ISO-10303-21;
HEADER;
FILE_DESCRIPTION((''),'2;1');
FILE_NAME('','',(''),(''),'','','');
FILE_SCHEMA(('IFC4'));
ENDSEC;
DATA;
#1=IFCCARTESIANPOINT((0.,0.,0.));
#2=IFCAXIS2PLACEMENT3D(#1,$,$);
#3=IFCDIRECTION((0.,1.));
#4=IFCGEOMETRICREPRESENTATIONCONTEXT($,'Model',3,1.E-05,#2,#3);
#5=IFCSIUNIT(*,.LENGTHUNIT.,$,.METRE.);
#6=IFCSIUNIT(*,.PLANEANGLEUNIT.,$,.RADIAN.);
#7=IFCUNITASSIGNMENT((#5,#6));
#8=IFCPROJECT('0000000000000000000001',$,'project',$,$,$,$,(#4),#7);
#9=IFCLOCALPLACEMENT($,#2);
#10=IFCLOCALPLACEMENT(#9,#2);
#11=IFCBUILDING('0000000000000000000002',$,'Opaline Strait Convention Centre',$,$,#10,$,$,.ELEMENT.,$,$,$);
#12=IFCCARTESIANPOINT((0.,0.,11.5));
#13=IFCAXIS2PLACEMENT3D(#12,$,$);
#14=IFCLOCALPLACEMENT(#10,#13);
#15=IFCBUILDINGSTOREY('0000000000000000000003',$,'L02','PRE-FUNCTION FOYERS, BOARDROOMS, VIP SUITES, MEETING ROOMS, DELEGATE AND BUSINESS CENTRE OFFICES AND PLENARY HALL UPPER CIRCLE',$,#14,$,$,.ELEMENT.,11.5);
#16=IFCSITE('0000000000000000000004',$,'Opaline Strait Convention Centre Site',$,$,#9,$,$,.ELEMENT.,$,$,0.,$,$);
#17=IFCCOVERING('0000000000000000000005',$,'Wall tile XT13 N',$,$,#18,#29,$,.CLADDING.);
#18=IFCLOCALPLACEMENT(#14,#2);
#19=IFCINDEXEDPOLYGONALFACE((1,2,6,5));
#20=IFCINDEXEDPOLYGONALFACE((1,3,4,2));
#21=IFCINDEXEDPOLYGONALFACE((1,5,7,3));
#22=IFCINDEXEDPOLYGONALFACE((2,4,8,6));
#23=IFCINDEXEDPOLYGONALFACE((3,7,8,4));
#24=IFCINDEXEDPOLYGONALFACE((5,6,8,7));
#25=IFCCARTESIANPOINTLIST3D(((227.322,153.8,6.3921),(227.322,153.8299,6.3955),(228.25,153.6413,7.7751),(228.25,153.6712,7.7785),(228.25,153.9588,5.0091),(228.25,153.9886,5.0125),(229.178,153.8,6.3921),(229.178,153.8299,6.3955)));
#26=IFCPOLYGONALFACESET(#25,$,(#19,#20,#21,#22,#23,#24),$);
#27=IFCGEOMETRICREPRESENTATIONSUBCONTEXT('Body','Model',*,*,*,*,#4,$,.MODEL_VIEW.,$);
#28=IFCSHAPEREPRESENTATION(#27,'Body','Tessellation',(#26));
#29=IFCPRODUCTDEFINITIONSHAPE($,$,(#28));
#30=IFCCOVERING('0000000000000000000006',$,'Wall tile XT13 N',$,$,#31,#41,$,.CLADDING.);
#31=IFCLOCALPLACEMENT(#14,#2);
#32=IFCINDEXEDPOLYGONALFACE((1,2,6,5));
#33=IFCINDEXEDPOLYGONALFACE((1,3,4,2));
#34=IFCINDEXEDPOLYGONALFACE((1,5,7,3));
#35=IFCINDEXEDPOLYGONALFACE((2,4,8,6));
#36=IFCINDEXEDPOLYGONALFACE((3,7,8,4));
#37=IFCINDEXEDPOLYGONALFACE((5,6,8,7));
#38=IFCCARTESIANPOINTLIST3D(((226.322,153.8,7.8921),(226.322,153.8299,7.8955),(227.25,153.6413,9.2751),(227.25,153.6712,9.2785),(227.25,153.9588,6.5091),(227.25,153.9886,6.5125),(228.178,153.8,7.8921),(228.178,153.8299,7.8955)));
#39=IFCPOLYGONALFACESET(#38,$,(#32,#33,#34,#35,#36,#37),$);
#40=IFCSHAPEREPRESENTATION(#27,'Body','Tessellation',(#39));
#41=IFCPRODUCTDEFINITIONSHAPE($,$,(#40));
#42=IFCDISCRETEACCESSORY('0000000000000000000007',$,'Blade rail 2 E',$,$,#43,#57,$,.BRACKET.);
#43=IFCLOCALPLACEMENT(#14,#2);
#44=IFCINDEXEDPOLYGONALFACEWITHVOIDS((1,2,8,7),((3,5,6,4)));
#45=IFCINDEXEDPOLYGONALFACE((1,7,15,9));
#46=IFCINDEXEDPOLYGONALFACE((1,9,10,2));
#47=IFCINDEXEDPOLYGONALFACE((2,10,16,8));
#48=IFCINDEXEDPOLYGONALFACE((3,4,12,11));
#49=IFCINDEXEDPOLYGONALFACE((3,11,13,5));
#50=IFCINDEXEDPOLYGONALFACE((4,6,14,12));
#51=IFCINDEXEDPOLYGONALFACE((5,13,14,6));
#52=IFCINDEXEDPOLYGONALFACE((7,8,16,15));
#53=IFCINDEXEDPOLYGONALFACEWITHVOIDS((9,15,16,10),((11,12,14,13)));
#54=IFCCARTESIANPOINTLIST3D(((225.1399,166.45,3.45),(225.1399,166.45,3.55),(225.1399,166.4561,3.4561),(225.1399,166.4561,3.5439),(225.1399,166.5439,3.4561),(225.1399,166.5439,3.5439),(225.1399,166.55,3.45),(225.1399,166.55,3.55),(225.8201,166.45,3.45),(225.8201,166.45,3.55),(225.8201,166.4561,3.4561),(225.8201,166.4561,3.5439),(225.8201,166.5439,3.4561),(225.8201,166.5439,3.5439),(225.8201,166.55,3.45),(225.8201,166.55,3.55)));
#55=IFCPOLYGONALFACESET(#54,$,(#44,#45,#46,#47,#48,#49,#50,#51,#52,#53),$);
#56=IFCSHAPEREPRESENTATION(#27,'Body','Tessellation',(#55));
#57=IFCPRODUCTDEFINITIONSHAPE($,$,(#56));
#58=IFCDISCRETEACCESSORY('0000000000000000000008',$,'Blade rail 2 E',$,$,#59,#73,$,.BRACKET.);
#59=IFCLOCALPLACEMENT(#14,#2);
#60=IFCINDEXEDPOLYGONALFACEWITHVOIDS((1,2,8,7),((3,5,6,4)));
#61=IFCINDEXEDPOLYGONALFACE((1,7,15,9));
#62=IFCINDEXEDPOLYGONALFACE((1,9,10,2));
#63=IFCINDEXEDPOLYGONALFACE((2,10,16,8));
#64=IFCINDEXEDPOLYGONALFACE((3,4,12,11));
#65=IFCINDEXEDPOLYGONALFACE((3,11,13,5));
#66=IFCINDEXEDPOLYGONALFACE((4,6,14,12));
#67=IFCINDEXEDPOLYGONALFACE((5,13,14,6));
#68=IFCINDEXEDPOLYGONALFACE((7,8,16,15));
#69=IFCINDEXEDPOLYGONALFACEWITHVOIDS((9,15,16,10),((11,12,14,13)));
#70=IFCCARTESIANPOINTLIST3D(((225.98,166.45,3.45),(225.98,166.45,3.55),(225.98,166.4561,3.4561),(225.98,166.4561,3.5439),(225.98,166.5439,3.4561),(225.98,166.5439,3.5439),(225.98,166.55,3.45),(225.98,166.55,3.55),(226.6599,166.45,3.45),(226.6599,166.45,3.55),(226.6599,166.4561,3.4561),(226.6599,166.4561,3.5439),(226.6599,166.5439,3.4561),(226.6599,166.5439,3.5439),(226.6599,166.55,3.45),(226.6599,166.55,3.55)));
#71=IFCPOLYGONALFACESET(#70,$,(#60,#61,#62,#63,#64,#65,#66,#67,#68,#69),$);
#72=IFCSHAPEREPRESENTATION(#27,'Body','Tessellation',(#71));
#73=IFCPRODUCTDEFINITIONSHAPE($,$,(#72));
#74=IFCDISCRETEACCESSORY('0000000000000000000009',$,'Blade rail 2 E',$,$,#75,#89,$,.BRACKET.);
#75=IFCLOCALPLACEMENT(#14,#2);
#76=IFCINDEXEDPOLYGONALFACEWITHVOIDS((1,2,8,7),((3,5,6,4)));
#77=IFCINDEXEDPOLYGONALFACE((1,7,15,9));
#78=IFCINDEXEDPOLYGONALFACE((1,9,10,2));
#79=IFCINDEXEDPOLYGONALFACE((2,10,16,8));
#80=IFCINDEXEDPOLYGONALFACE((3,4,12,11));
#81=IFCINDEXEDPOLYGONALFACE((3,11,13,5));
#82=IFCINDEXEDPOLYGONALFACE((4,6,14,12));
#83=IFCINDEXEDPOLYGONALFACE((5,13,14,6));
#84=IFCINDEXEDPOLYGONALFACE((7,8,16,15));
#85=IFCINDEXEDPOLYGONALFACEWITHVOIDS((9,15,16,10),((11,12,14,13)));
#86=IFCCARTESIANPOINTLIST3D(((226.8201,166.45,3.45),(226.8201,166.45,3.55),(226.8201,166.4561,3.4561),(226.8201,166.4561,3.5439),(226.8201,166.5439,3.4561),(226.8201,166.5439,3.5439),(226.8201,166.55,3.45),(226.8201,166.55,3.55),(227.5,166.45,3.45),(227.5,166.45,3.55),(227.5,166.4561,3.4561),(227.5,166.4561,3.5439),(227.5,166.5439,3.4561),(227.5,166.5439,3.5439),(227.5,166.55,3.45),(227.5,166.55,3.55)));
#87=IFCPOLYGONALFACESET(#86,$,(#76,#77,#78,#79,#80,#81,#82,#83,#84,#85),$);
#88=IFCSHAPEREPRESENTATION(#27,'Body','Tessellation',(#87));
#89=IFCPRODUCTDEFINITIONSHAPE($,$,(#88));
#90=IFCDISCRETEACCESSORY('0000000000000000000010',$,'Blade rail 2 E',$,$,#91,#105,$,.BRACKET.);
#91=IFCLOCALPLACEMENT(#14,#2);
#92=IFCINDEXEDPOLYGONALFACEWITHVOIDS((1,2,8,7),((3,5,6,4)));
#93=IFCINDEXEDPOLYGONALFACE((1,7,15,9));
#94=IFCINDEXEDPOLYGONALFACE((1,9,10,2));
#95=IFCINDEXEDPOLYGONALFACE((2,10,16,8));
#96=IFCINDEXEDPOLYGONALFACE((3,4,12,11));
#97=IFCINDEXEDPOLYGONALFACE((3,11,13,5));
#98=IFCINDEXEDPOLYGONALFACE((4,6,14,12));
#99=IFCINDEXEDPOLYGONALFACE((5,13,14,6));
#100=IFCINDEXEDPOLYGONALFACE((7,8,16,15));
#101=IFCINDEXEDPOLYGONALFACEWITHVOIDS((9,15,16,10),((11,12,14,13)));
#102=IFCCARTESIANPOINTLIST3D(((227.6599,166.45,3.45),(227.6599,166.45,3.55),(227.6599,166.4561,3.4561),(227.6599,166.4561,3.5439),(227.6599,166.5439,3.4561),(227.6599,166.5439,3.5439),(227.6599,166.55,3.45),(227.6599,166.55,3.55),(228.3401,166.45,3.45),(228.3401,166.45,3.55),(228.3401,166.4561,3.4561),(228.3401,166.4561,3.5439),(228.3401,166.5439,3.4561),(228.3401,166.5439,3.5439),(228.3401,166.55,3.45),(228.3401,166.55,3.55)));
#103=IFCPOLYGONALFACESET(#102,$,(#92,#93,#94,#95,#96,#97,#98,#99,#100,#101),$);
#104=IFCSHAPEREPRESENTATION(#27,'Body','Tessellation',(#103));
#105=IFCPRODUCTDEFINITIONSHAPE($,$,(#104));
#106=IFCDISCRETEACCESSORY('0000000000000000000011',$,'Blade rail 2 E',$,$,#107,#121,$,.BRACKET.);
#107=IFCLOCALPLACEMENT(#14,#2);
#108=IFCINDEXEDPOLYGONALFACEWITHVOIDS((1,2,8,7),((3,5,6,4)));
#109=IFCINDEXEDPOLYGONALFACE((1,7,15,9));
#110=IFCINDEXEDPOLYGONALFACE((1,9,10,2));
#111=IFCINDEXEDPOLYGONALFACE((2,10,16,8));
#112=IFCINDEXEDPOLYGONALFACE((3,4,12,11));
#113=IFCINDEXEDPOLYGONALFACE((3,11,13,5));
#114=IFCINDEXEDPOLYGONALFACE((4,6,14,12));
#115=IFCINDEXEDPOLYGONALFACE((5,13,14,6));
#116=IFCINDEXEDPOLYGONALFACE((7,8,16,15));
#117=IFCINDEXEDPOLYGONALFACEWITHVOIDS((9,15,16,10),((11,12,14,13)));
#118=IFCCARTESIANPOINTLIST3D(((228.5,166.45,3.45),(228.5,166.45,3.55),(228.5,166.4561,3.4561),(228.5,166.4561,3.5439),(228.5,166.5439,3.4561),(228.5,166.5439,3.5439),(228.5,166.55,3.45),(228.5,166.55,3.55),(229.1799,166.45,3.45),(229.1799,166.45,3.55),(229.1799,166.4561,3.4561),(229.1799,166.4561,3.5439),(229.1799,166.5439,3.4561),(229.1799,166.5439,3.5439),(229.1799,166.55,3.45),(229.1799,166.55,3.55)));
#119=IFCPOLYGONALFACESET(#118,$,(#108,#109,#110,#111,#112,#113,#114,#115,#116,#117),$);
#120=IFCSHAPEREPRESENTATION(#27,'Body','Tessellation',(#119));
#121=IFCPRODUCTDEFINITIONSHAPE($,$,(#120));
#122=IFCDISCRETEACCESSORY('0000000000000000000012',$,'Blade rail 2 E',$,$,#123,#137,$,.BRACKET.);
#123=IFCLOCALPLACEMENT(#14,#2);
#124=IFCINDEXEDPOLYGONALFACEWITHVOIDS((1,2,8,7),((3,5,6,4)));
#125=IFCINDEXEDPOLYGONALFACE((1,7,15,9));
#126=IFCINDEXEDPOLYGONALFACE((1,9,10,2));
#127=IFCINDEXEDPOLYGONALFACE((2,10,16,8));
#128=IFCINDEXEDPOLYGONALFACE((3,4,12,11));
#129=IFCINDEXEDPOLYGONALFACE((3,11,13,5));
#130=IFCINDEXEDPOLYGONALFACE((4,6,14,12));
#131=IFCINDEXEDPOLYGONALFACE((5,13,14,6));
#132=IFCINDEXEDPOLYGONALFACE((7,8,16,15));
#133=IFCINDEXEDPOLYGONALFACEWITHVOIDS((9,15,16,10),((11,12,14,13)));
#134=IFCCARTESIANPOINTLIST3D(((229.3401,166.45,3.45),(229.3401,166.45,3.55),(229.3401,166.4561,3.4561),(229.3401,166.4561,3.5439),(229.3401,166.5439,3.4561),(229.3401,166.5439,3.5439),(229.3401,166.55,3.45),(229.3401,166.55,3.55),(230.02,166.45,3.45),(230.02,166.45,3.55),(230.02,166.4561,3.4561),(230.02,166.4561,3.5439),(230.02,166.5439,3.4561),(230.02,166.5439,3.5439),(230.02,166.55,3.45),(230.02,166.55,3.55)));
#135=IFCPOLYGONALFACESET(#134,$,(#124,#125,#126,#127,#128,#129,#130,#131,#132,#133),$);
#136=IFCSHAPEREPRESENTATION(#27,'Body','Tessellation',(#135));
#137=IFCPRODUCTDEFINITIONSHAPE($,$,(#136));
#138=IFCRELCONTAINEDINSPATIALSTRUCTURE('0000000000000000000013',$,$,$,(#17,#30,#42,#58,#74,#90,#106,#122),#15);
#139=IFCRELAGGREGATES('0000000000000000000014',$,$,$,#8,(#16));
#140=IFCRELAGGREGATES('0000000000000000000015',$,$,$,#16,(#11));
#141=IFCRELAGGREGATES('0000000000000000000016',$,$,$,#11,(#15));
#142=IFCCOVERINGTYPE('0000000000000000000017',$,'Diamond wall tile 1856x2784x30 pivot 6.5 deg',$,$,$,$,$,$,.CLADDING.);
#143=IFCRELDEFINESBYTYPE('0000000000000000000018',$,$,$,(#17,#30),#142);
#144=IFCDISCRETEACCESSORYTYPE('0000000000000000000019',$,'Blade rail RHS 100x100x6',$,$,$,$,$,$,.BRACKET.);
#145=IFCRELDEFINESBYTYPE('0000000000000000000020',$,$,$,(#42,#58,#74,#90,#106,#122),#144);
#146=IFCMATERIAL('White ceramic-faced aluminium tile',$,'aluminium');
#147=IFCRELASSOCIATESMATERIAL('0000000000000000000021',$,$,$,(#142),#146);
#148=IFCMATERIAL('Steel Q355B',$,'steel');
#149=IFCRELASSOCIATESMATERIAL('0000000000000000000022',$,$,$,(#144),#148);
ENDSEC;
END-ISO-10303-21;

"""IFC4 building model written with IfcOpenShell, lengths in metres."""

from ifc_helpers import new_model, si_unit, direction, frame, origin, origin_2d, place, context, subcontext, project, spatial, polyline, hollow_rectangle, outline, extrude, material, material_profile, profile_set, type_object, element, save


model = new_model("IFC4")

# Units and contexts
model_context = context("Model", 3, precision=1e-05, world=origin(), true_north=direction((0.0, 1.0)))
body_context = subcontext(model_context, "Body", "Model", "MODEL_VIEW")
ifc_project = project(units=[si_unit("LENGTHUNIT", "METRE"), si_unit("PLANEANGLEUNIT", "RADIAN")], contexts=[model_context])

# Site, building, storey
site_placement = place(None, origin())
site = spatial("IfcSite", under=ifc_project, at=site_placement, Name="Opaline Strait Convention Centre Site", CompositionType="ELEMENT", RefElevation=0.0)
building_placement = place(site_placement, origin())
building = spatial("IfcBuilding", under=site, at=building_placement, Name="Opaline Strait Convention Centre", CompositionType="ELEMENT")
storey_placement = place(building_placement, frame((0.0, 0.0, 11.5)))
storey = spatial("IfcBuildingStorey", under=building, at=storey_placement, Name="L02", Description="PRE-FUNCTION FOYERS, BOARDROOMS, VIP SUITES, MEETING ROOMS, DELEGATE AND BUSINESS CENTRE OFFICES AND PLENARY HALL UPPER CIRCLE", CompositionType="ELEMENT", Elevation=11.5)

# Coverings
ifc_material_1 = material(Name="White ceramic-faced aluminium tile", Category="aluminium")
ifc_material_profile_1 = material_profile(ifc_material_1, outline(polyline([(0.928, 0.0), (0.0, 1.3921), (-0.928, 0.0), (0.0, -1.3921), (0.928, 0.0)])), Name="Diamond tile 1856x2784")
ifc_profile_set_1 = profile_set([ifc_material_profile_1], Name="White ceramic-faced aluminium tile")
covering_type_1 = type_object("IfcCoveringType", Name="Diamond wall tile 1856x2784x30 pivot 6.5 deg", PredefinedType="CLADDING", material=ifc_profile_set_1)
for number, where, z_axis, x_axis, name in (
    (1, (228.25, 153.8, 6.3921), (0.0, 0.99348, 0.114006), (-1.0, 0.0, 0.0), "Wall tile XT13 N"),
    (2, (227.25, 153.8, 7.8921), (0.0, 0.99348, 0.114006), (-1.0, 0.0, 0.0), "Wall tile XT13 N"),
):
    element("IfcCovering", number, at=place(storey_placement, frame(where, z_axis=z_axis, x_axis=x_axis)), inside=storey, type_object=covering_type_1, Name=name, PredefinedType="CLADDING", context=body_context, shape_type="SweptSolid", body=[
        extrude(outline(polyline([(0.928, 0.0), (0.0, 1.3921), (-0.928, 0.0), (0.0, -1.3921), (0.928, 0.0)])), origin(), (0.0, 0.0, 1.0), 0.03),
    ])

# Discrete accessories
ifc_material_2 = material(Name="Steel Q355B", Category="steel")
ifc_material_profile_2 = material_profile(ifc_material_2, hollow_rectangle(XDim=0.1001, YDim=0.1001, WallThickness=0.0061, at=origin_2d()), Name="RHS 100x100x6")
ifc_profile_set_2 = profile_set([ifc_material_profile_2], Name="Steel Q355B")
discrete_accessory_type = type_object("IfcDiscreteAccessoryType", Name="Blade rail RHS 100x100x6", PredefinedType="BRACKET", material=ifc_profile_set_2)
discrete_accessory_1_placement = place(storey_placement, frame((225.1399, 166.5, 3.5), z_axis=(1.0, 0.0, 0.0), x_axis=(0.0, 1.0, 0.0)))
element("IfcDiscreteAccessory", 3, at=discrete_accessory_1_placement, inside=storey, type_object=discrete_accessory_type, Name="Blade rail 2 E", PredefinedType="BRACKET", context=body_context, shape_type="SweptSolid", body=[
    extrude(hollow_rectangle(XDim=0.1001, YDim=0.1001, WallThickness=0.0061, at=origin_2d()), origin(), (0.0, 0.0, 1.0), 0.6802),
])
for number, where, z_axis, x_axis, name in (
    (4, (225.98, 166.5, 3.5), (1.0, 0.0, 0.0), (0.0, 1.0, 0.0), "Blade rail 2 E"),
    (5, (226.8201, 166.5, 3.5), (1.0, 0.0, 0.0), (0.0, 1.0, 0.0), "Blade rail 2 E"),
):
    element("IfcDiscreteAccessory", number, at=place(storey_placement, frame(where, z_axis=z_axis, x_axis=x_axis)), inside=storey, type_object=discrete_accessory_type, Name=name, PredefinedType="BRACKET", context=body_context, shape_type="SweptSolid", body=[
        extrude(hollow_rectangle(XDim=0.1001, YDim=0.1001, WallThickness=0.0061, at=origin_2d()), origin(), (0.0, 0.0, 1.0), 0.6799),
    ])
discrete_accessory_2_placement = place(storey_placement, frame((227.6599, 166.5, 3.5), z_axis=(1.0, 0.0, 0.0), x_axis=(0.0, 1.0, 0.0)))
element("IfcDiscreteAccessory", 6, at=discrete_accessory_2_placement, inside=storey, type_object=discrete_accessory_type, Name="Blade rail 2 E", PredefinedType="BRACKET", context=body_context, shape_type="SweptSolid", body=[
    extrude(hollow_rectangle(XDim=0.1001, YDim=0.1001, WallThickness=0.0061, at=origin_2d()), origin(), (0.0, 0.0, 1.0), 0.6802),
])
for number, where, z_axis, x_axis, name in (
    (7, (228.5, 166.5, 3.5), (1.0, 0.0, 0.0), (0.0, 1.0, 0.0), "Blade rail 2 E"),
    (8, (229.3401, 166.5, 3.5), (1.0, 0.0, 0.0), (0.0, 1.0, 0.0), "Blade rail 2 E"),
):
    element("IfcDiscreteAccessory", number, at=place(storey_placement, frame(where, z_axis=z_axis, x_axis=x_axis)), inside=storey, type_object=discrete_accessory_type, Name=name, PredefinedType="BRACKET", context=body_context, shape_type="SweptSolid", body=[
        extrude(hollow_rectangle(XDim=0.1001, YDim=0.1001, WallThickness=0.0061, at=origin_2d()), origin(), (0.0, 0.0, 1.0), 0.6799),
    ])

save(model, "model.ifc")
